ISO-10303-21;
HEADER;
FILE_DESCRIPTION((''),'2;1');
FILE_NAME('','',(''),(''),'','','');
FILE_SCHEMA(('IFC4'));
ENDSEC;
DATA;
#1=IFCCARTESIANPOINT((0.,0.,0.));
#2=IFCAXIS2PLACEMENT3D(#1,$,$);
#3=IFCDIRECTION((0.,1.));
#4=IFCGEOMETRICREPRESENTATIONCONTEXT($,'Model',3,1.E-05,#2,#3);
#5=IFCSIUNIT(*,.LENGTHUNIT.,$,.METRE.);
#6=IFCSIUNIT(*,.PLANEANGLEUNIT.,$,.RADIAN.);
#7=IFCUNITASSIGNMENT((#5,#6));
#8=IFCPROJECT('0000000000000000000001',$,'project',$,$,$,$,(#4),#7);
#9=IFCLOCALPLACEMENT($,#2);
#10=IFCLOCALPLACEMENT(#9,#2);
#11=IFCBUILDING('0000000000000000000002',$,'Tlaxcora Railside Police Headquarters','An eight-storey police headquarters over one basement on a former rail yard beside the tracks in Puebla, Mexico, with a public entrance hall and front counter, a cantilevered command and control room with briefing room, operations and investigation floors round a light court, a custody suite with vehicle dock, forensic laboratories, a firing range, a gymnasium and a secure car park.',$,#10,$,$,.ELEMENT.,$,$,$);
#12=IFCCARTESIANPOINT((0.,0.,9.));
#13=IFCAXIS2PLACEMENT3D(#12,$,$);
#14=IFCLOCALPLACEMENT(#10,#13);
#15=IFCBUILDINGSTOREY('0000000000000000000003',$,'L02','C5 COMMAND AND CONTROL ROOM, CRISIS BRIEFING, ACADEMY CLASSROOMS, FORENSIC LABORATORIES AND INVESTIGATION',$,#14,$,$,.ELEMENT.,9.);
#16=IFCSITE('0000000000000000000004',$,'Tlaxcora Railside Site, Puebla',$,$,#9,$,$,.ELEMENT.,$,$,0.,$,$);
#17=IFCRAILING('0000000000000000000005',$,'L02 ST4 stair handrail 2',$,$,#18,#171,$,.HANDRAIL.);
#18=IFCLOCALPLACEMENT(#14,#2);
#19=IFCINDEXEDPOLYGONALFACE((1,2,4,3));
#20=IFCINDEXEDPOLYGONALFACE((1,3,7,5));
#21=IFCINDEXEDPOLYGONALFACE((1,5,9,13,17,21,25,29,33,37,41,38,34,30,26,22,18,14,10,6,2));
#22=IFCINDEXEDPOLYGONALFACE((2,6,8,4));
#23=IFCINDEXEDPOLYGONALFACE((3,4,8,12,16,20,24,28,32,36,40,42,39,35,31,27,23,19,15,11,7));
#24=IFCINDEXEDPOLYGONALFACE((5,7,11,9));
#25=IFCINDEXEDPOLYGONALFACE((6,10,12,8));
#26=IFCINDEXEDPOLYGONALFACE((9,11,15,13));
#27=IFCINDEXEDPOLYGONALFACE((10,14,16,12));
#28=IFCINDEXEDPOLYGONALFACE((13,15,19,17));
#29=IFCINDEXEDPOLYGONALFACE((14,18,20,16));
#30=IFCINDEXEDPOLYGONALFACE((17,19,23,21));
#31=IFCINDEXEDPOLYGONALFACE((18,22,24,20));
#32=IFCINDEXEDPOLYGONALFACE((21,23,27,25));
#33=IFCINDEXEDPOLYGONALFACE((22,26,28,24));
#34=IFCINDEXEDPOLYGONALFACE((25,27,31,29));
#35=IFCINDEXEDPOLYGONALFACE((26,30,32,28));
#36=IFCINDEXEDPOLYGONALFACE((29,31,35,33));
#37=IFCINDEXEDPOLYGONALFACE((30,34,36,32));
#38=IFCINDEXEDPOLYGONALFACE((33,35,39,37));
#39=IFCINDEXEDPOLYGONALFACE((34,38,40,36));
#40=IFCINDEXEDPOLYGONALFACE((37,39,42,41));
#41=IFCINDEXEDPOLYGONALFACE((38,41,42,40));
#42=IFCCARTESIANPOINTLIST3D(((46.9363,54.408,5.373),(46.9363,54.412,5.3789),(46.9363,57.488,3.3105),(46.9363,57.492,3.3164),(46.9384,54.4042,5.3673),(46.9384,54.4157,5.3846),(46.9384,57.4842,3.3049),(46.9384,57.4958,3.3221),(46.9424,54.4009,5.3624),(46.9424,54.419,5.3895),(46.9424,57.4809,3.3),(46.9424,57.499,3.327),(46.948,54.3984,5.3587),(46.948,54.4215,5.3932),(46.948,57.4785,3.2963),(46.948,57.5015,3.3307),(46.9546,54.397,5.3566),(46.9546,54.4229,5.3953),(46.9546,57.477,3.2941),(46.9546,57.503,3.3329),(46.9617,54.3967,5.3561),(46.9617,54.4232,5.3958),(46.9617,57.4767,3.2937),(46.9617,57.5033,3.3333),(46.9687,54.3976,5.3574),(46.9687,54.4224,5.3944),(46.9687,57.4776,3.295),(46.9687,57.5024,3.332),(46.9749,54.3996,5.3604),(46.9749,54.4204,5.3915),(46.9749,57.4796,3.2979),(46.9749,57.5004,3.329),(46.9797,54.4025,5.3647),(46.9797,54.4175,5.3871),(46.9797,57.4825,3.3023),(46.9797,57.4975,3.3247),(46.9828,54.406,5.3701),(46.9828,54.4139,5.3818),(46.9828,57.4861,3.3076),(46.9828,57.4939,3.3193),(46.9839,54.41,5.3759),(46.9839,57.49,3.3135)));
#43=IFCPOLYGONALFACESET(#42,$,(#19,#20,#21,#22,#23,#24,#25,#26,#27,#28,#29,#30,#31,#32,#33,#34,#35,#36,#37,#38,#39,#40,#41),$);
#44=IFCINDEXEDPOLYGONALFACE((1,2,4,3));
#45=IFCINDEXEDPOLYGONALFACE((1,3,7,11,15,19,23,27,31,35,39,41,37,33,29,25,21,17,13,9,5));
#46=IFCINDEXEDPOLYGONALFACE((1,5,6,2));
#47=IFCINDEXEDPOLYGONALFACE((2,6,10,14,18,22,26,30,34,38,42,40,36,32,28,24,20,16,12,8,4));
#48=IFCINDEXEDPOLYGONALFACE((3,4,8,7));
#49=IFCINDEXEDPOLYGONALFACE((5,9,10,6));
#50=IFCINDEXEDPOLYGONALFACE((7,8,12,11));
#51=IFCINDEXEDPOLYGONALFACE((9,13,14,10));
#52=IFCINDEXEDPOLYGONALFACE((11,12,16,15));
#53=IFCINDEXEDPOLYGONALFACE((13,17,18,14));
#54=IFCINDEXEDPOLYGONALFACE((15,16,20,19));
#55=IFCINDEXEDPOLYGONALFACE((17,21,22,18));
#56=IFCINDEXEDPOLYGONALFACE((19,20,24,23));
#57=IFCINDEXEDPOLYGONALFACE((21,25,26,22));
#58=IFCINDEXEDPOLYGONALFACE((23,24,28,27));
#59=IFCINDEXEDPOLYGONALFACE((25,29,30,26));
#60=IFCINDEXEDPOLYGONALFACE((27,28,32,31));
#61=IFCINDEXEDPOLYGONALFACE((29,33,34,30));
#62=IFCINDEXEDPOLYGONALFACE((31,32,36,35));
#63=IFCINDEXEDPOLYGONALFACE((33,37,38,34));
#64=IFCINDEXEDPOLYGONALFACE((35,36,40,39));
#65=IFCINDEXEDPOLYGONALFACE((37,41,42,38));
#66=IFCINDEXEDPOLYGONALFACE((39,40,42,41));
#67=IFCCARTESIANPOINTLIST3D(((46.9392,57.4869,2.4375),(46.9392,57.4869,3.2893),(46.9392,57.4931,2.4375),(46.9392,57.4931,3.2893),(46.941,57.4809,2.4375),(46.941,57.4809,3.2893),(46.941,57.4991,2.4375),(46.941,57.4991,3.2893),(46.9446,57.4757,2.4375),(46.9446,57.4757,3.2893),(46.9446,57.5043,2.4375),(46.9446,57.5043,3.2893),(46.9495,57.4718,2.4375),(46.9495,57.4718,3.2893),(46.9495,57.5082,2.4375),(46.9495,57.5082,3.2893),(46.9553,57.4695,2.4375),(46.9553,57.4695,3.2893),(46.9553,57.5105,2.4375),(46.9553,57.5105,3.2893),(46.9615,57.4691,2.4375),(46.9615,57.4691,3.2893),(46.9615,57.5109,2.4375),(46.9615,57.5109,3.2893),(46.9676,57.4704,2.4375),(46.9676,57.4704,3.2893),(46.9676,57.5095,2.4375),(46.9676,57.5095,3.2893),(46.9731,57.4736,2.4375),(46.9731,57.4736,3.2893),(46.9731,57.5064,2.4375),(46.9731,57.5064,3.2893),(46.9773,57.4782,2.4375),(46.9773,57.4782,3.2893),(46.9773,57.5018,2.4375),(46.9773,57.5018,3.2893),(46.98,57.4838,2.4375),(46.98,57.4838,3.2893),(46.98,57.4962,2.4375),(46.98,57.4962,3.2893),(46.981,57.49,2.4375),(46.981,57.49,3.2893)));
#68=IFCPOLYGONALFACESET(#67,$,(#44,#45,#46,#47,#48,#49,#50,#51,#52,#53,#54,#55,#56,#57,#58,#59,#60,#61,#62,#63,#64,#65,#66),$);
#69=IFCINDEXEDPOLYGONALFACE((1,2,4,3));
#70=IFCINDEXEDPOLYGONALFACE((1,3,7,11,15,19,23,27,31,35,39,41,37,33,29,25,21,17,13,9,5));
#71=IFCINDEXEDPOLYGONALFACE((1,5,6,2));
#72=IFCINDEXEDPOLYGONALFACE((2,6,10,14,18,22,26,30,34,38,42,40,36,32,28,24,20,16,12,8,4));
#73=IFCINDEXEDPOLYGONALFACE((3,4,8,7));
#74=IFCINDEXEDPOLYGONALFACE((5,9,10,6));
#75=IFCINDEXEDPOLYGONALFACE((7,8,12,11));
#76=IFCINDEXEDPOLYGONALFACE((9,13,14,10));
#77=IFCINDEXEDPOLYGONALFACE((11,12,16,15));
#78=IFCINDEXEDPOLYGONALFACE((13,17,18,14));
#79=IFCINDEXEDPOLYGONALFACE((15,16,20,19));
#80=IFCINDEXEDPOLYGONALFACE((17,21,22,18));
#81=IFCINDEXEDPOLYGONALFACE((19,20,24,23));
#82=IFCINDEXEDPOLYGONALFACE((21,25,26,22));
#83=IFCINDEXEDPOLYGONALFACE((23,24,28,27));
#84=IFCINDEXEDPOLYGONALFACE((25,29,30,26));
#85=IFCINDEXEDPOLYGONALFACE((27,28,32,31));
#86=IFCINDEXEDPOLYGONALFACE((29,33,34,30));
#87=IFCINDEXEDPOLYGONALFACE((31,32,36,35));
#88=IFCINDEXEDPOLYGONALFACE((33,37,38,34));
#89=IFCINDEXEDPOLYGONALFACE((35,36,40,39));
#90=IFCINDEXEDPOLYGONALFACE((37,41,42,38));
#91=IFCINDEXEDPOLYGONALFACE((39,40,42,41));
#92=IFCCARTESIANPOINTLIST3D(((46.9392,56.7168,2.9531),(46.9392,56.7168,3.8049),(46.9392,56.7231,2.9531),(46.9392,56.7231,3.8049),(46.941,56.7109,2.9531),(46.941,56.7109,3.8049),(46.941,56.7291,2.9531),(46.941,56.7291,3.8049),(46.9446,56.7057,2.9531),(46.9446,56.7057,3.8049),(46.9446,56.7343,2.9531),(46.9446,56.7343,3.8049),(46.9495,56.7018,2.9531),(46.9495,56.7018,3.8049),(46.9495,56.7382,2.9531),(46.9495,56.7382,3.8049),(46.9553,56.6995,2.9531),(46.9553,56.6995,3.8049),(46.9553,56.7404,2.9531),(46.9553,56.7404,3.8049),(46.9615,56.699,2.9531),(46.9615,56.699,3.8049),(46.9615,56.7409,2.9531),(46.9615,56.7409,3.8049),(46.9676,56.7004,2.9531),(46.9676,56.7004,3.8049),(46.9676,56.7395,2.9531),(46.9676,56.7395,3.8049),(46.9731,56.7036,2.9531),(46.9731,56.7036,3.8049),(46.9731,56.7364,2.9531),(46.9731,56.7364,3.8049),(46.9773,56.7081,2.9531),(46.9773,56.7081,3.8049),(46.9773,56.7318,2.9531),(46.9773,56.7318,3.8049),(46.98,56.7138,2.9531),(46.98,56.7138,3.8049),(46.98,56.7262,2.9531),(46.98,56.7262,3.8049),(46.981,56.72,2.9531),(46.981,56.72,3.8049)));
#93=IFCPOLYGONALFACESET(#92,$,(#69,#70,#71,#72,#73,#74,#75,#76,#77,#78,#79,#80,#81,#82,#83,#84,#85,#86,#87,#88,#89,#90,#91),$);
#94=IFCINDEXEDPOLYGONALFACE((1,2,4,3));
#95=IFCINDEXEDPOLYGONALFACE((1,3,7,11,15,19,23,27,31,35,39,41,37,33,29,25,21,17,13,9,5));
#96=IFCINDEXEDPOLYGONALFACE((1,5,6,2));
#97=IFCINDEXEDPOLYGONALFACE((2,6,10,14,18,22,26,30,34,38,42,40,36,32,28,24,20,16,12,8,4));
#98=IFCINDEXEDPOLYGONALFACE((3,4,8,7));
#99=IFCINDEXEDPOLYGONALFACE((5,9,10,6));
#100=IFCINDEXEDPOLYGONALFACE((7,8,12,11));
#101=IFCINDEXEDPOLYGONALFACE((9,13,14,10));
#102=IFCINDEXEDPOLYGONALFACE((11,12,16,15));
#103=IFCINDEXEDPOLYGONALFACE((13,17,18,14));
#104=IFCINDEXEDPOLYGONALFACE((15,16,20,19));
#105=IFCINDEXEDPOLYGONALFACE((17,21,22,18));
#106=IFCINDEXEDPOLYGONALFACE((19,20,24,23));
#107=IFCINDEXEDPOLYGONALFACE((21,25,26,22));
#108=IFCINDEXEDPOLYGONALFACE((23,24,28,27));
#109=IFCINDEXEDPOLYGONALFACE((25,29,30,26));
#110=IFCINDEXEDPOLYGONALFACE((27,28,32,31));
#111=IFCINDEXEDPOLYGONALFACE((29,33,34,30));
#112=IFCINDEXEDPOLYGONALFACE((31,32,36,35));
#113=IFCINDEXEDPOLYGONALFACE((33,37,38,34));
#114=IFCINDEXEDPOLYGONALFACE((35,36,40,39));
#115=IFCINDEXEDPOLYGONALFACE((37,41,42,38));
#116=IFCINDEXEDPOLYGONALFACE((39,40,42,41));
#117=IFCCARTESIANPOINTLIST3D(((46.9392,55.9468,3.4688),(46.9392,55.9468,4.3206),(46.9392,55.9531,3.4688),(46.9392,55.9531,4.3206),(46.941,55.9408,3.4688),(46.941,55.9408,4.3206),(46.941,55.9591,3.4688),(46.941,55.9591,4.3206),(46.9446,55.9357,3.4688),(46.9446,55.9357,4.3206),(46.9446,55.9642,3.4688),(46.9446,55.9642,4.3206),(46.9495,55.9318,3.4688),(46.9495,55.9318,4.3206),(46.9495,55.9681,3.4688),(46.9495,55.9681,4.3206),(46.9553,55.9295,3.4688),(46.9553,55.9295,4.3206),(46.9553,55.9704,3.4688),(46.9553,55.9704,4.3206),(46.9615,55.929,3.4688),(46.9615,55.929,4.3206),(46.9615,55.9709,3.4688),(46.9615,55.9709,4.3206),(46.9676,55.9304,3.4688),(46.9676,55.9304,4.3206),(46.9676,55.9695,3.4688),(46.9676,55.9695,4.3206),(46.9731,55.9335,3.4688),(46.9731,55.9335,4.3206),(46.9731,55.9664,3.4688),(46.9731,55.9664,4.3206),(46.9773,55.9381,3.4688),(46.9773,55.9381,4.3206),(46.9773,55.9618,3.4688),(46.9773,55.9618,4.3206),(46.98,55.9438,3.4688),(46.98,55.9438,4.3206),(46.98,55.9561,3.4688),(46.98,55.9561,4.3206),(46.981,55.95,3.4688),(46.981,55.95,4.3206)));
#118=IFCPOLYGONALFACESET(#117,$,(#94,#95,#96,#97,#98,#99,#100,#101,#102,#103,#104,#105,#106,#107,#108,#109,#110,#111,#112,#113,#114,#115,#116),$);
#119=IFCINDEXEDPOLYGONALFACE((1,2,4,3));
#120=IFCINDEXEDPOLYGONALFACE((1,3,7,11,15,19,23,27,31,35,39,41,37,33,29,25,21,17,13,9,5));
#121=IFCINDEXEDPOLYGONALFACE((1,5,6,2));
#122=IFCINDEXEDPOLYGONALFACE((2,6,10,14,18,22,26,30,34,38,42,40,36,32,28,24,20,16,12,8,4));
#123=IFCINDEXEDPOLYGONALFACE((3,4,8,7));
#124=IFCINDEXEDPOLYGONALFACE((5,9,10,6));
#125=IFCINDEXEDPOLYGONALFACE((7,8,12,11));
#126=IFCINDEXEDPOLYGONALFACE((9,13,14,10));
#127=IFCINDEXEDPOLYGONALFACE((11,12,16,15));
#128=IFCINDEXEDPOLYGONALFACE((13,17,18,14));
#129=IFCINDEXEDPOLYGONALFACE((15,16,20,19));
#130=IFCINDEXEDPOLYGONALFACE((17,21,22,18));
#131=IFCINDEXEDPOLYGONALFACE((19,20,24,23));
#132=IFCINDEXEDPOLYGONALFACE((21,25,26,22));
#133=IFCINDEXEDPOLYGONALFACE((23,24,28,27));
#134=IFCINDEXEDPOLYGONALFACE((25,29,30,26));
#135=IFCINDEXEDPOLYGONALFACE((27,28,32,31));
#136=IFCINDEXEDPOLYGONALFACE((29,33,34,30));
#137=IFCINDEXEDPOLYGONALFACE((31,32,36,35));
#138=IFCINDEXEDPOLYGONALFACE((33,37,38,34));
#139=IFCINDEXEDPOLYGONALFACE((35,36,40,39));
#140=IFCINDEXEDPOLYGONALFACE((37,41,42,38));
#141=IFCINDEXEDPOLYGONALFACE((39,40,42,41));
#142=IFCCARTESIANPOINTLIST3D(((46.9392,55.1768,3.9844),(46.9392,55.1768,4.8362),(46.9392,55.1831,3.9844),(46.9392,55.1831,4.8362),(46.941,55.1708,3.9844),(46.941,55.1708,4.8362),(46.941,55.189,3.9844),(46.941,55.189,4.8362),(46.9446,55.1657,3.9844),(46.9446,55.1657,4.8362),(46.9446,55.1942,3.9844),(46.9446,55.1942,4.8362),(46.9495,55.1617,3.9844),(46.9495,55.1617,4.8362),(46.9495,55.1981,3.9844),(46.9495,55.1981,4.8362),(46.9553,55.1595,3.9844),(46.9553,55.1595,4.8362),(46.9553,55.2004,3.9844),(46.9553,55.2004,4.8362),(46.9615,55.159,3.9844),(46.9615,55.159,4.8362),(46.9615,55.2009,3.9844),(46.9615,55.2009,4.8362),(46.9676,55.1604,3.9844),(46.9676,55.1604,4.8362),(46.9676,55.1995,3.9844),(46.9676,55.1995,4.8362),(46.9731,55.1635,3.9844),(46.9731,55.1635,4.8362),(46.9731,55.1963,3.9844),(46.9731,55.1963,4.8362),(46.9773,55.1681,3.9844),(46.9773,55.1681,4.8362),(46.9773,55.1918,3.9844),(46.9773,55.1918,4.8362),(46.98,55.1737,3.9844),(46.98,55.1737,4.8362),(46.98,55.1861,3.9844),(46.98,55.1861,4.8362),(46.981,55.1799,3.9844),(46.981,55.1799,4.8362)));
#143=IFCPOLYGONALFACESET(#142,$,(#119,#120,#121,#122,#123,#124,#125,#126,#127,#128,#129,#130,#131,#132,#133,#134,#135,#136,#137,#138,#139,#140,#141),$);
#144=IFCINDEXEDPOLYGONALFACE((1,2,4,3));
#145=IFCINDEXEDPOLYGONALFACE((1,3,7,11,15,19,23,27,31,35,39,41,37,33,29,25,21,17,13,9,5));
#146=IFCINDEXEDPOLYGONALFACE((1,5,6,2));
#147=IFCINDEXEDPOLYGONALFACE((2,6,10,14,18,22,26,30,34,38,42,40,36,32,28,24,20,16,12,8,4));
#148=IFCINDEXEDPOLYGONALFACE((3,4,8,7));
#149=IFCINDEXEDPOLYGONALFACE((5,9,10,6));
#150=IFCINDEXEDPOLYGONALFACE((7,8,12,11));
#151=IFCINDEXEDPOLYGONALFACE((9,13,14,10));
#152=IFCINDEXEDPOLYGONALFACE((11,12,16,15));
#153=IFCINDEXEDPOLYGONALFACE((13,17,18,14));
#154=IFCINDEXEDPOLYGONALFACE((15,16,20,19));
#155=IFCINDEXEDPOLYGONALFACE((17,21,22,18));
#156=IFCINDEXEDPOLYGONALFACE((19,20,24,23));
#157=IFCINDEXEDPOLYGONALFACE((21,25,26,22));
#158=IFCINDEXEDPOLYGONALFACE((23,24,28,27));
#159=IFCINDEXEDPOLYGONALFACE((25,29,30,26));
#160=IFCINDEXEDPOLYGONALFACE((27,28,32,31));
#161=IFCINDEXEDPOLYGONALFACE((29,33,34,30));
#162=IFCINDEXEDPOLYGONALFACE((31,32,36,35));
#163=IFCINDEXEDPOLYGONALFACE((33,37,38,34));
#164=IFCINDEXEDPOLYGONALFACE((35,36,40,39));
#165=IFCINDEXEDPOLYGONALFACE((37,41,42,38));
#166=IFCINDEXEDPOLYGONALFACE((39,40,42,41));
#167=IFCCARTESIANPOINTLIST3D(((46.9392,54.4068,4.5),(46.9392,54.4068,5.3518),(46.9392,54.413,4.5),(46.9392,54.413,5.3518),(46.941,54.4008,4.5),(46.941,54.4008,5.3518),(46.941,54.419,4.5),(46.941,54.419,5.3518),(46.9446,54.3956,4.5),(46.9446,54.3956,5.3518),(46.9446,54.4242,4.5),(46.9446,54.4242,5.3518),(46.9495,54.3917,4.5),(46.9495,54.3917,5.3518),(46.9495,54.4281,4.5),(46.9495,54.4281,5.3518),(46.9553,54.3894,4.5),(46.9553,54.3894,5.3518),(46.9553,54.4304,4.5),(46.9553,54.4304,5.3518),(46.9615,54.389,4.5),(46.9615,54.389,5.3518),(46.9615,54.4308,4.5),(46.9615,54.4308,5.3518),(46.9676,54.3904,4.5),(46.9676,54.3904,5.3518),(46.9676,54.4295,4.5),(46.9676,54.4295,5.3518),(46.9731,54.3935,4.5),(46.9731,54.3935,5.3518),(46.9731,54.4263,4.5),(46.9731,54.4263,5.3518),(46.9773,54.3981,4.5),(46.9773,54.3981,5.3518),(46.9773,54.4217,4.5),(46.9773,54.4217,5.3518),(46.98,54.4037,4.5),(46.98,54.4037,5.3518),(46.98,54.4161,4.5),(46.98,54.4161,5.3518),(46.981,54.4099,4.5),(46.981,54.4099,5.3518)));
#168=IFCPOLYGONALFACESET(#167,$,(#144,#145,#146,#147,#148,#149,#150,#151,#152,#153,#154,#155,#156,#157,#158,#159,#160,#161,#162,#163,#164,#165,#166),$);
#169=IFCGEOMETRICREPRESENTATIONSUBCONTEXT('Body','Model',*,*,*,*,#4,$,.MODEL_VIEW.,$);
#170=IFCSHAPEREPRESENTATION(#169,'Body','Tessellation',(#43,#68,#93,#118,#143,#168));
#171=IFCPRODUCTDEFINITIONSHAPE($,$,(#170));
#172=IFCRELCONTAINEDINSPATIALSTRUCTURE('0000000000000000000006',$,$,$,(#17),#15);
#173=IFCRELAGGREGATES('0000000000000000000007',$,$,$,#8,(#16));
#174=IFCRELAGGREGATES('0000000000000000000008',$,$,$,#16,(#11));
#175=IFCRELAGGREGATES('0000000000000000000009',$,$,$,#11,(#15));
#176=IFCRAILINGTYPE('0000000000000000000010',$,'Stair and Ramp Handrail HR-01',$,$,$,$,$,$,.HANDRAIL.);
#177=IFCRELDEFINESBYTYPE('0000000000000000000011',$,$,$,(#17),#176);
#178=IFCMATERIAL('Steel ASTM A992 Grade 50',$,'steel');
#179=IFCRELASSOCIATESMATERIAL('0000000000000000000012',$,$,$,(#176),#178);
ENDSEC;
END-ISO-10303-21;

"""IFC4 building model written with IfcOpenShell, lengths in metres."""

from ifc_helpers import new_model, si_unit, direction, frame, origin, origin_2d, place, context, subcontext, project, spatial, circle, extrude, material, type_object, element, save


model = new_model("IFC4")

# Units and contexts
model_context = context("Model", 3, precision=1e-05, world=origin(), true_north=direction((0.0, 1.0)))
body_context = subcontext(model_context, "Body", "Model", "MODEL_VIEW")
ifc_project = project(units=[si_unit("LENGTHUNIT", "METRE"), si_unit("PLANEANGLEUNIT", "RADIAN")], contexts=[model_context])

# Site, building, storey
site_placement = place(None, origin())
site = spatial("IfcSite", under=ifc_project, at=site_placement, Name="Tlaxcora Railside Site, Puebla", CompositionType="ELEMENT", RefElevation=0.0)
building_placement = place(site_placement, origin())
building = spatial("IfcBuilding", under=site, at=building_placement, Name="Tlaxcora Railside Police Headquarters", Description="An eight-storey police headquarters over one basement on a former rail yard beside the tracks in Puebla, Mexico, with a public entrance hall and front counter, a cantilevered command and control room with briefing room, operations and investigation floors round a light court, a custody suite with vehicle dock, forensic laboratories, a firing range, a gymnasium and a secure car park.", CompositionType="ELEMENT")
storey_placement = place(building_placement, frame((0.0, 0.0, 9.0)))
storey = spatial("IfcBuildingStorey", under=building, at=storey_placement, Name="L02", Description="C5 COMMAND AND CONTROL ROOM, CRISIS BRIEFING, ACADEMY CLASSROOMS, FORENSIC LABORATORIES AND INVESTIGATION", CompositionType="ELEMENT", Elevation=9.0)

# Shared definitions
ifc_material_1 = material(Name="Steel ASTM A992 Grade 50", Category="steel")

# Railing
railing_type_1 = type_object("IfcRailingType", Name="Stair and Ramp Handrail HR-01", PredefinedType="HANDRAIL", material=ifc_material_1)
railing_1_placement = place(storey_placement, frame((46.96, 57.49, 2.4375)))
element("IfcRailing", 1, at=railing_1_placement, inside=storey, type_object=railing_type_1, Name="L02 ST4 stair handrail 2", PredefinedType="HANDRAIL", context=body_context, shape_type="SweptSolid", body=[
    extrude(circle(Radius=0.0239, at=origin_2d()), frame((0.0, 0.0, 0.876), z_axis=(0.0, -0.830914, 0.556401), x_axis=(1.0, 0.0, 0.0)), (0.0, 0.0, 1.0), 3.7068),
    extrude(circle(Radius=0.021, at=origin_2d()), origin(), (0.0, 0.0, 1.0), 0.8518),
    extrude(circle(Radius=0.021, at=origin_2d()), frame((0.0, -0.77, 0.5156)), (0.0, 0.0, 1.0), 0.8518),
    extrude(circle(Radius=0.021, at=origin_2d()), frame((0.0, -1.54, 1.0312)), (0.0, 0.0, 1.0), 0.8518),
    extrude(circle(Radius=0.021, at=origin_2d()), frame((0.0, -2.3101, 1.5469)), (0.0, 0.0, 1.0), 0.8518),
    extrude(circle(Radius=0.021, at=origin_2d()), frame((0.0, -3.0801, 2.0625)), (0.0, 0.0, 1.0), 0.8518),
])

save(model, "model.ifc")
